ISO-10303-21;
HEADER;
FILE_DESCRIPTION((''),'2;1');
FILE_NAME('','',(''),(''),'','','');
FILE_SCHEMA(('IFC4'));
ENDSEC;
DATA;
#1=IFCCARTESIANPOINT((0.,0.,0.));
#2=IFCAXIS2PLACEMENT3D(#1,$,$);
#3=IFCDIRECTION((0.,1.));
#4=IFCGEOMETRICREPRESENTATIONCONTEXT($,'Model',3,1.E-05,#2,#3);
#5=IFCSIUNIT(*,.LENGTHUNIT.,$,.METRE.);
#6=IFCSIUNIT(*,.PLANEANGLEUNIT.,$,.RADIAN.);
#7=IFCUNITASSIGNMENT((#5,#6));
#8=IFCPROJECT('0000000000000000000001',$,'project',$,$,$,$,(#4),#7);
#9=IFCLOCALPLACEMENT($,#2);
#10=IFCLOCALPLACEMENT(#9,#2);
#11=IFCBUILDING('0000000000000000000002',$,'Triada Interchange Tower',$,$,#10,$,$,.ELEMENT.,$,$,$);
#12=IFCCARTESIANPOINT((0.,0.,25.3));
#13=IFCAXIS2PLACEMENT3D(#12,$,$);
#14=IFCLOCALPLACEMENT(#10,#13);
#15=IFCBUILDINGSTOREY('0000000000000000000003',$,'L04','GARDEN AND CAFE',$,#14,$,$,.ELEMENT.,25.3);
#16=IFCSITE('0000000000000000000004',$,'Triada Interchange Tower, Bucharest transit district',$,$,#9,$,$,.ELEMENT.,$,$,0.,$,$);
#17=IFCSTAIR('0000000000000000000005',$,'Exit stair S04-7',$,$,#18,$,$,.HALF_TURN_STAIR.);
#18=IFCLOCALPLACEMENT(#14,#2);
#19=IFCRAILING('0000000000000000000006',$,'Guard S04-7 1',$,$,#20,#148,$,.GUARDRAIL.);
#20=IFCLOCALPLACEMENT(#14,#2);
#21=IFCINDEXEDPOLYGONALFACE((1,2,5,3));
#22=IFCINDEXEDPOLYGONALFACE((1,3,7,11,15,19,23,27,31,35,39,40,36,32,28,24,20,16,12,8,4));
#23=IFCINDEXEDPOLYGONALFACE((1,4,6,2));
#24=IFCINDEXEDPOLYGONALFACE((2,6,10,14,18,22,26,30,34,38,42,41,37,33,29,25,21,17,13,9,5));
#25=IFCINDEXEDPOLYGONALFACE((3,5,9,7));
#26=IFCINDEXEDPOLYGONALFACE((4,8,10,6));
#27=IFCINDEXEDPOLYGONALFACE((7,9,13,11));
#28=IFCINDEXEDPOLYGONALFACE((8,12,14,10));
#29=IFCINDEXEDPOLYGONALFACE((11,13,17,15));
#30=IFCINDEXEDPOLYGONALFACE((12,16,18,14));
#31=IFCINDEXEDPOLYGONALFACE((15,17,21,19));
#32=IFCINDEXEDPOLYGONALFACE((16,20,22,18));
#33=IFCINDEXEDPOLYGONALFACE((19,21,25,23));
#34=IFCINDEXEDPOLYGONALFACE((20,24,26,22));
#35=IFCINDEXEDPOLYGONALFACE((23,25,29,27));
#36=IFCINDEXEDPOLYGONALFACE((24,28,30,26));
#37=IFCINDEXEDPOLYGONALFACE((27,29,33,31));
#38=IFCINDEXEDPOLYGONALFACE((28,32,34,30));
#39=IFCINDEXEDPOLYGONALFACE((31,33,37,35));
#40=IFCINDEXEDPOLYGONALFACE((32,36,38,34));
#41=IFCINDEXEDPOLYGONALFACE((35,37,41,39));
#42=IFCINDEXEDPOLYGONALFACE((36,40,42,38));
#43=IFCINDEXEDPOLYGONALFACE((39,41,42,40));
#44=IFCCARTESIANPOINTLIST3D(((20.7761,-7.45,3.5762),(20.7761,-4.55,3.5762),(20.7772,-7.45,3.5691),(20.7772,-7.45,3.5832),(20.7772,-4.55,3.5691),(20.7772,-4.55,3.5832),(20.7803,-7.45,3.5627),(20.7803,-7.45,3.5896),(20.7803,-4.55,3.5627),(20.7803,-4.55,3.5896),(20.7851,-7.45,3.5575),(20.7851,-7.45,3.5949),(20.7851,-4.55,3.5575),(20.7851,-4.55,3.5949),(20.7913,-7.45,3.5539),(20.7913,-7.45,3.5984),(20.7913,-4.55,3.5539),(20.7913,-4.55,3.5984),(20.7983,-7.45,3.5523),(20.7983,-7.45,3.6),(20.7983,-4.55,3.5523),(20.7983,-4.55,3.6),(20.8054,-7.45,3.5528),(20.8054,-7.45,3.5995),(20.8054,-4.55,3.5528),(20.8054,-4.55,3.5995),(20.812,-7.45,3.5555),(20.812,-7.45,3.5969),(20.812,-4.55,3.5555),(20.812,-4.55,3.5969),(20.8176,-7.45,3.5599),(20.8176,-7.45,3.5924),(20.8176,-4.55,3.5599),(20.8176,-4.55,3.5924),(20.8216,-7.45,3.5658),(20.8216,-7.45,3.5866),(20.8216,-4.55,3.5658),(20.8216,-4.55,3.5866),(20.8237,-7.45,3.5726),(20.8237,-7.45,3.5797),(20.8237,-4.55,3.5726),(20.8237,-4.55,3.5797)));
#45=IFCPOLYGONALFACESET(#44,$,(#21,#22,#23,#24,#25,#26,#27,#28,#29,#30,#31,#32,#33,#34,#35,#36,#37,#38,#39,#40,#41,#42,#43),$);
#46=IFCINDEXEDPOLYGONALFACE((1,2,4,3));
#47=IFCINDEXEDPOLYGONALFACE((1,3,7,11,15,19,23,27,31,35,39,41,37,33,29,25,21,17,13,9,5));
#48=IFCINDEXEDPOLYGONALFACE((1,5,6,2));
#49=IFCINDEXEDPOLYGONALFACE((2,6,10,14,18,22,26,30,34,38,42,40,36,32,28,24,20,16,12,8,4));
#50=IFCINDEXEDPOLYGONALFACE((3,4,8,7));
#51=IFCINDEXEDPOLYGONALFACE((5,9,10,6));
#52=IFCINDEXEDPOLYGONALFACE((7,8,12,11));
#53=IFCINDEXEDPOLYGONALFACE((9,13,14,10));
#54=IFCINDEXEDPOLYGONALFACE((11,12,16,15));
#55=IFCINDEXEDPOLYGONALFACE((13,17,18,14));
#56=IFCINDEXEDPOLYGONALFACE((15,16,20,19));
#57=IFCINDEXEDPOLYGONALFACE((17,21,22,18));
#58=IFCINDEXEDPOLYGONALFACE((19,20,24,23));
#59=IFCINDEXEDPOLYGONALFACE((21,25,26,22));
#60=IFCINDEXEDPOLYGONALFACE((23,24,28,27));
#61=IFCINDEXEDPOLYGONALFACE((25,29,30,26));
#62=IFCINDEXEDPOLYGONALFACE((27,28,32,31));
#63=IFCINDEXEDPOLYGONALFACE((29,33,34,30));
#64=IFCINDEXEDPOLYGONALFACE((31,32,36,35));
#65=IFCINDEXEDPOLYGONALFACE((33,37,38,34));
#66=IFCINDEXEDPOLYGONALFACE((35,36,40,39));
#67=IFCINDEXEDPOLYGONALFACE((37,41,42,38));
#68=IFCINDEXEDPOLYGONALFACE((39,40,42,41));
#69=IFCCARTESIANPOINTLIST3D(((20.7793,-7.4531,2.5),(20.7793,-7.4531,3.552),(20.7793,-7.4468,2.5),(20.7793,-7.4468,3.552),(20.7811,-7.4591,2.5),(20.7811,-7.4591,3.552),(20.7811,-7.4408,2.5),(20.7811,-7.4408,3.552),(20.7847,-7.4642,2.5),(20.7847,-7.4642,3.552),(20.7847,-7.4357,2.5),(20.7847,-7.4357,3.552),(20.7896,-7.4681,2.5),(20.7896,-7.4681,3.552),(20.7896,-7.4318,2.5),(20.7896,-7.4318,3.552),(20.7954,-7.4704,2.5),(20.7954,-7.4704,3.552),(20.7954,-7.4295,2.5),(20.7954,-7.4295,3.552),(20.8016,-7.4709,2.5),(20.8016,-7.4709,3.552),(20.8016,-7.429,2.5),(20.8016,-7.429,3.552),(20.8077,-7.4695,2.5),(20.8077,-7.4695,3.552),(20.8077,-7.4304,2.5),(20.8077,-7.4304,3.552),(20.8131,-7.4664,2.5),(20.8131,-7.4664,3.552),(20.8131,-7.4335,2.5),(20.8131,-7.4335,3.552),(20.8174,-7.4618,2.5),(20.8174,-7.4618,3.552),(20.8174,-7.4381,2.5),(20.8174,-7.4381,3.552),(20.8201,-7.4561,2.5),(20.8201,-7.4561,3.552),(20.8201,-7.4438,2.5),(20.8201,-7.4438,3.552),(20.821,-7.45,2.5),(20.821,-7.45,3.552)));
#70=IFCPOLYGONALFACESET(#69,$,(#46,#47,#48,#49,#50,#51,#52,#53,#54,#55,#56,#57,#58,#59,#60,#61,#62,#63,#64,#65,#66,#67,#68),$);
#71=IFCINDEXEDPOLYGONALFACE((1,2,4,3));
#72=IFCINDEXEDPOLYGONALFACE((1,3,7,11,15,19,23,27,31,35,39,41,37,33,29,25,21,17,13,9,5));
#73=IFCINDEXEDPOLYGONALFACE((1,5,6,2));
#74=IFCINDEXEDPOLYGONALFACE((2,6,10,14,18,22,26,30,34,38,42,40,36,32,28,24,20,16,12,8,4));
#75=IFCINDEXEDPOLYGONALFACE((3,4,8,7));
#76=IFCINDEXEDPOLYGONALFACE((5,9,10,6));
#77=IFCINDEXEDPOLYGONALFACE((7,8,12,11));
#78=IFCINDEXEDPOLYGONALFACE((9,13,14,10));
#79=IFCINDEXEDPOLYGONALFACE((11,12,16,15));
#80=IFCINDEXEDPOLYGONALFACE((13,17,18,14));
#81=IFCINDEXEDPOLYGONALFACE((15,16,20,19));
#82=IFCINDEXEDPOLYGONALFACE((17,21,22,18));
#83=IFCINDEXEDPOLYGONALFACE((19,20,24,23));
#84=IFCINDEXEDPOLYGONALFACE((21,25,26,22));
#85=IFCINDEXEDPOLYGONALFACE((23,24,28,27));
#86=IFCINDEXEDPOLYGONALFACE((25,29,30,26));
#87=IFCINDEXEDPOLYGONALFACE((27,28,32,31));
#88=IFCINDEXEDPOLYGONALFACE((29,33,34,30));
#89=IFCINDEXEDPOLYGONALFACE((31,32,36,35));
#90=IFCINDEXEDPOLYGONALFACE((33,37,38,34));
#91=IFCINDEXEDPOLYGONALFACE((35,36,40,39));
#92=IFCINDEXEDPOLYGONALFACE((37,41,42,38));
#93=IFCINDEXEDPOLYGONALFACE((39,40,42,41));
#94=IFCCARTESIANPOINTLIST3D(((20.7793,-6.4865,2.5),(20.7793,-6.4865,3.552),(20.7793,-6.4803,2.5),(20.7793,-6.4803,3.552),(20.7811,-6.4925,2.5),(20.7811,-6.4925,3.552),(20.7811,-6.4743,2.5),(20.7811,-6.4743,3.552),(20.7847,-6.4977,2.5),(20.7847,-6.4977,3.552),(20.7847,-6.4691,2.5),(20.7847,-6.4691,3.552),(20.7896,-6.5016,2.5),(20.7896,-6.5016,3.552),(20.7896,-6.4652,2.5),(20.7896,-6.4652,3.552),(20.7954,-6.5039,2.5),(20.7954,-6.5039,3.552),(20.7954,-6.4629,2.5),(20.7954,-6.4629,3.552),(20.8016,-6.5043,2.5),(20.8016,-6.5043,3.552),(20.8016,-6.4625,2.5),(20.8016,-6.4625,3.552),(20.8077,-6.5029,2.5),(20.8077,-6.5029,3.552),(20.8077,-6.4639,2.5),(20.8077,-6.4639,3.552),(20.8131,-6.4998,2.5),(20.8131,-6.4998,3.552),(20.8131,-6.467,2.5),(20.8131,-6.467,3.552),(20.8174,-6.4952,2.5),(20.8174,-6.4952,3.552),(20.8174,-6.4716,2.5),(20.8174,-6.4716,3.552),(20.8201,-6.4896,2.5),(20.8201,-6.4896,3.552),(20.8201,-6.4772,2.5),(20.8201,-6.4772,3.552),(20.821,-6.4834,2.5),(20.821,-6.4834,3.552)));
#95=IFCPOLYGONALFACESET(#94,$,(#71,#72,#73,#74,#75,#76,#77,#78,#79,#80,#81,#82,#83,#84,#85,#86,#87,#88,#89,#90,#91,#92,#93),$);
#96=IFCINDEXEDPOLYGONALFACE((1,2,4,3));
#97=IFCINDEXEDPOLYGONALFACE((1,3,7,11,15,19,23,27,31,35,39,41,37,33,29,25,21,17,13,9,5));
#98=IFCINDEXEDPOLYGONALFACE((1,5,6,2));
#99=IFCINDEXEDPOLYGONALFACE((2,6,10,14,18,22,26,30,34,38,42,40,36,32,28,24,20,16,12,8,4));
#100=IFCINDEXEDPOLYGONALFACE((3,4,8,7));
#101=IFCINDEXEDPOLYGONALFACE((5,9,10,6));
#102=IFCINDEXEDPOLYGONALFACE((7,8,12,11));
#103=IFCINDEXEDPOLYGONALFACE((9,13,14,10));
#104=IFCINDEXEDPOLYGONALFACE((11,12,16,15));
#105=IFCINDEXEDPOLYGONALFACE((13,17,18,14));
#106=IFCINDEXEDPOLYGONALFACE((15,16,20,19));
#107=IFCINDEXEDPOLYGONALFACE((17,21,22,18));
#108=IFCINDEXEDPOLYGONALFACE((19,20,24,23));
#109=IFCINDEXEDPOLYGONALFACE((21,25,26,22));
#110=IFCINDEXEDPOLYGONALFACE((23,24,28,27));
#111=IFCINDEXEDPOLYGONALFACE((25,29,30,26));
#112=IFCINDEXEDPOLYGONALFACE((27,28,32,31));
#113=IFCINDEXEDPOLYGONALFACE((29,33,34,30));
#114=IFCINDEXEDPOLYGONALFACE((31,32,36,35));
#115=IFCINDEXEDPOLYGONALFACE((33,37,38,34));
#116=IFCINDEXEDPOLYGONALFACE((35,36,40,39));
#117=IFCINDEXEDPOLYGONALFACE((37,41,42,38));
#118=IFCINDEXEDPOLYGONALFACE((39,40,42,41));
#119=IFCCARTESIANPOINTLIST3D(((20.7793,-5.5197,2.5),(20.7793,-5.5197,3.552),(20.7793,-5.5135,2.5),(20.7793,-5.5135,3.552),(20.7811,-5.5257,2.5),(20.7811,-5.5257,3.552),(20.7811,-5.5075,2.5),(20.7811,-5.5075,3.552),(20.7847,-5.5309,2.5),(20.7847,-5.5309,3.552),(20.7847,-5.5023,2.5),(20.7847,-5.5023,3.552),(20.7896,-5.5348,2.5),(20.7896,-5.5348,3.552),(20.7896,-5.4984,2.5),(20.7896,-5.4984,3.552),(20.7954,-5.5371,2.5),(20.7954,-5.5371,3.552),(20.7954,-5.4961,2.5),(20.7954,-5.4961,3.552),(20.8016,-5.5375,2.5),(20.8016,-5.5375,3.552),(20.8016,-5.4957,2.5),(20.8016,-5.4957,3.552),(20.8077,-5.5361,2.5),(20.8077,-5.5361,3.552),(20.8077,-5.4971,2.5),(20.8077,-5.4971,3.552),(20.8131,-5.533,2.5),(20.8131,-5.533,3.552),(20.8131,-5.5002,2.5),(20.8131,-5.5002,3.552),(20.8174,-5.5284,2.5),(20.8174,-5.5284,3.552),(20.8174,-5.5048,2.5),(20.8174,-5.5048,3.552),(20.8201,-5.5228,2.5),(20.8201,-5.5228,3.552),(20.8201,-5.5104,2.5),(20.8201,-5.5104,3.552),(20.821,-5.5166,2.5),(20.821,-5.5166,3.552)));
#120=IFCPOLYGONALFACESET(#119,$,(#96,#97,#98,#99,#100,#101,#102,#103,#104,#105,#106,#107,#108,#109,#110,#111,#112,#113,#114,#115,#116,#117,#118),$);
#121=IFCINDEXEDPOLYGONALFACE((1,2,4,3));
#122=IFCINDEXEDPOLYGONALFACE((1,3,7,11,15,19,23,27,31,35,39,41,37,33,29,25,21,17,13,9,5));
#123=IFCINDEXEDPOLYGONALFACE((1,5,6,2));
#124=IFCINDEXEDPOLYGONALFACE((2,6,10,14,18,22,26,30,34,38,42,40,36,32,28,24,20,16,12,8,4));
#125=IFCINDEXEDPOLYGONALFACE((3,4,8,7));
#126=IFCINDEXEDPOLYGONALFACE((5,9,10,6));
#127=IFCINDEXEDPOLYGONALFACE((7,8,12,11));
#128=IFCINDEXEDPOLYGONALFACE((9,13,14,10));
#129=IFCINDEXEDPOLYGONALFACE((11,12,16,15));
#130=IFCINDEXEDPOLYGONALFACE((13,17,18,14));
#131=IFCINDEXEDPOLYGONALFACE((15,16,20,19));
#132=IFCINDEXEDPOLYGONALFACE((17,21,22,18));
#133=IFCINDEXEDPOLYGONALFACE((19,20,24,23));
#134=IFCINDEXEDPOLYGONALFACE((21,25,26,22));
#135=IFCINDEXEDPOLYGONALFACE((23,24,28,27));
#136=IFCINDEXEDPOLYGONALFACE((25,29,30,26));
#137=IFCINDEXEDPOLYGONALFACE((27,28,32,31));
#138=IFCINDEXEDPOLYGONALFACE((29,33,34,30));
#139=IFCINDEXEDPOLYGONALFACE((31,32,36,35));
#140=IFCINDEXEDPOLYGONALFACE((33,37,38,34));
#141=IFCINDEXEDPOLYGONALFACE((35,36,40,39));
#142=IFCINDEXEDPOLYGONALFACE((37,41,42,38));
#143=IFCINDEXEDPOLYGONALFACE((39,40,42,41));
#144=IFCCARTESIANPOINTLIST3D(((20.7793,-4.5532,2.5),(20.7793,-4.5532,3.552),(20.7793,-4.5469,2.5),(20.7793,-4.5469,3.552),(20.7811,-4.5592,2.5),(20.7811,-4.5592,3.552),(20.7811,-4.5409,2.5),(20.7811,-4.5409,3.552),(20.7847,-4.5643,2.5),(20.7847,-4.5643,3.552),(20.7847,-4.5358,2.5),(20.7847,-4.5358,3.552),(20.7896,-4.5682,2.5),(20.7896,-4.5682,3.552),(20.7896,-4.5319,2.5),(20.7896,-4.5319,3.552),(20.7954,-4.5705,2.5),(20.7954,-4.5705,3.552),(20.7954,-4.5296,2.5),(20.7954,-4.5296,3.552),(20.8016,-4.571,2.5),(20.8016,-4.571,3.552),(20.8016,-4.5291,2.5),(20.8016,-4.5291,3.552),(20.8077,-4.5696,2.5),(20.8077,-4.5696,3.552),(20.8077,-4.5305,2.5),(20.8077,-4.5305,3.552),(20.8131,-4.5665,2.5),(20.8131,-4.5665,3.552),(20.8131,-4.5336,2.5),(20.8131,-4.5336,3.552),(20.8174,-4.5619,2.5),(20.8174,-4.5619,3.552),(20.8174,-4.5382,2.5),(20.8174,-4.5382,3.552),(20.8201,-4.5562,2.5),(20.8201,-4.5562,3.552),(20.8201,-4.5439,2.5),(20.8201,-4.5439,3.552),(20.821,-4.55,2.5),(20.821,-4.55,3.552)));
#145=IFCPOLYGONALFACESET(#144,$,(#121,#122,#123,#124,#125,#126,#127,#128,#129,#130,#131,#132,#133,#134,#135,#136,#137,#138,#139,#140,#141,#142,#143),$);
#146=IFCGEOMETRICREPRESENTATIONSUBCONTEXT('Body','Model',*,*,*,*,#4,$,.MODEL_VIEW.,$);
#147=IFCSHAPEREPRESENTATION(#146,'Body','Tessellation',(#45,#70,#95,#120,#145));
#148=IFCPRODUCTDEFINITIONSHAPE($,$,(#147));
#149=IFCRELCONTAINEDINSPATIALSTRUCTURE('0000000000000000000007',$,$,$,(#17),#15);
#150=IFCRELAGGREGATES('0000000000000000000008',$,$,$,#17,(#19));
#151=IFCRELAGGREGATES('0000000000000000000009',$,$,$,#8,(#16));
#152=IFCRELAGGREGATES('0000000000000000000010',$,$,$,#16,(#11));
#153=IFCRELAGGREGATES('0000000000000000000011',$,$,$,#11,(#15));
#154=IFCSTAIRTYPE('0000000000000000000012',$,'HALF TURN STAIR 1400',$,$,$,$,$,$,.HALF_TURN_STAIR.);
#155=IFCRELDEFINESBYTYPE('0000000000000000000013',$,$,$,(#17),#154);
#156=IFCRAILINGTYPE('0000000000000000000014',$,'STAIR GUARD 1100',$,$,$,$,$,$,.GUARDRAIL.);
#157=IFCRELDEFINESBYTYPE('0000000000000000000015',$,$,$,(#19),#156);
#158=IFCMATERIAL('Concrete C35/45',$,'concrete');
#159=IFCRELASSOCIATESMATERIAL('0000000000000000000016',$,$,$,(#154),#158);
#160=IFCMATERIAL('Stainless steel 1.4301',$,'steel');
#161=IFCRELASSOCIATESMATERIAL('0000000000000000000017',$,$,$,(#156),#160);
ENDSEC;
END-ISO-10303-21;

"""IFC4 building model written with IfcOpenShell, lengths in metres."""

from ifc_helpers import new_model, si_unit, direction, frame, origin, origin_2d, place, context, subcontext, project, spatial, circle, extrude, material, type_object, element, aggregate, save


model = new_model("IFC4")

# Units and contexts
model_context = context("Model", 3, precision=1e-05, world=origin(), true_north=direction((0.0, 1.0)))
body_context = subcontext(model_context, "Body", "Model", "MODEL_VIEW")
ifc_project = project(units=[si_unit("LENGTHUNIT", "METRE"), si_unit("PLANEANGLEUNIT", "RADIAN")], contexts=[model_context])

# Site, building, storey
site_placement = place(None, origin())
site = spatial("IfcSite", under=ifc_project, at=site_placement, Name="Triada Interchange Tower, Bucharest transit district", CompositionType="ELEMENT", RefElevation=0.0)
building_placement = place(site_placement, origin())
building = spatial("IfcBuilding", under=site, at=building_placement, Name="Triada Interchange Tower", CompositionType="ELEMENT")
storey_placement = place(building_placement, frame((0.0, 0.0, 25.3)))
storey = spatial("IfcBuildingStorey", under=building, at=storey_placement, Name="L04", Description="GARDEN AND CAFE", CompositionType="ELEMENT", Elevation=25.3)

# Shared definitions
ifc_material_1 = material(Name="Concrete C35/45", Category="concrete")

# Stair, railing
stair_type = type_object("IfcStairType", Name="HALF TURN STAIR 1400", PredefinedType="HALF_TURN_STAIR", material=ifc_material_1)
stair_placement = place(storey_placement, origin())
stair = element("IfcStair", 1, at=stair_placement, inside=storey, type_object=stair_type, Name="Exit stair S04-7", PredefinedType="HALF_TURN_STAIR")
ifc_material_2 = material(Name="Stainless steel 1.4301", Category="steel")
railing_type_1 = type_object("IfcRailingType", Name="STAIR GUARD 1100", PredefinedType="GUARDRAIL", material=ifc_material_2)
railing_1_placement = place(storey_placement, frame((20.8, -7.45, 2.5)))
railing_1 = element("IfcRailing", 2, at=railing_1_placement, type_object=railing_type_1, Name="Guard S04-7 1", PredefinedType="GUARDRAIL", context=body_context, shape_type="SweptSolid", body=[
    extrude(circle(Radius=0.0239, at=origin_2d()), frame((0.0, 0.0, 1.0762), z_axis=(0.0, 1.0, 0.0), x_axis=(-1.0, 0.0, 0.0)), (0.0, 0.0, 1.0), 2.8999),
    extrude(circle(Radius=0.021, at=origin_2d()), origin(), (0.0, 0.0, 1.0), 1.052),
    extrude(circle(Radius=0.021, at=origin_2d()), frame((0.0, 0.9666, 0.0)), (0.0, 0.0, 1.0), 1.052),
    extrude(circle(Radius=0.021, at=origin_2d()), frame((0.0, 1.9333, 0.0)), (0.0, 0.0, 1.0), 1.052),
    extrude(circle(Radius=0.021, at=origin_2d()), frame((0.0, 2.8999, 0.0)), (0.0, 0.0, 1.0), 1.052),
])
aggregate(stair, [railing_1])

save(model, "model.ifc")
